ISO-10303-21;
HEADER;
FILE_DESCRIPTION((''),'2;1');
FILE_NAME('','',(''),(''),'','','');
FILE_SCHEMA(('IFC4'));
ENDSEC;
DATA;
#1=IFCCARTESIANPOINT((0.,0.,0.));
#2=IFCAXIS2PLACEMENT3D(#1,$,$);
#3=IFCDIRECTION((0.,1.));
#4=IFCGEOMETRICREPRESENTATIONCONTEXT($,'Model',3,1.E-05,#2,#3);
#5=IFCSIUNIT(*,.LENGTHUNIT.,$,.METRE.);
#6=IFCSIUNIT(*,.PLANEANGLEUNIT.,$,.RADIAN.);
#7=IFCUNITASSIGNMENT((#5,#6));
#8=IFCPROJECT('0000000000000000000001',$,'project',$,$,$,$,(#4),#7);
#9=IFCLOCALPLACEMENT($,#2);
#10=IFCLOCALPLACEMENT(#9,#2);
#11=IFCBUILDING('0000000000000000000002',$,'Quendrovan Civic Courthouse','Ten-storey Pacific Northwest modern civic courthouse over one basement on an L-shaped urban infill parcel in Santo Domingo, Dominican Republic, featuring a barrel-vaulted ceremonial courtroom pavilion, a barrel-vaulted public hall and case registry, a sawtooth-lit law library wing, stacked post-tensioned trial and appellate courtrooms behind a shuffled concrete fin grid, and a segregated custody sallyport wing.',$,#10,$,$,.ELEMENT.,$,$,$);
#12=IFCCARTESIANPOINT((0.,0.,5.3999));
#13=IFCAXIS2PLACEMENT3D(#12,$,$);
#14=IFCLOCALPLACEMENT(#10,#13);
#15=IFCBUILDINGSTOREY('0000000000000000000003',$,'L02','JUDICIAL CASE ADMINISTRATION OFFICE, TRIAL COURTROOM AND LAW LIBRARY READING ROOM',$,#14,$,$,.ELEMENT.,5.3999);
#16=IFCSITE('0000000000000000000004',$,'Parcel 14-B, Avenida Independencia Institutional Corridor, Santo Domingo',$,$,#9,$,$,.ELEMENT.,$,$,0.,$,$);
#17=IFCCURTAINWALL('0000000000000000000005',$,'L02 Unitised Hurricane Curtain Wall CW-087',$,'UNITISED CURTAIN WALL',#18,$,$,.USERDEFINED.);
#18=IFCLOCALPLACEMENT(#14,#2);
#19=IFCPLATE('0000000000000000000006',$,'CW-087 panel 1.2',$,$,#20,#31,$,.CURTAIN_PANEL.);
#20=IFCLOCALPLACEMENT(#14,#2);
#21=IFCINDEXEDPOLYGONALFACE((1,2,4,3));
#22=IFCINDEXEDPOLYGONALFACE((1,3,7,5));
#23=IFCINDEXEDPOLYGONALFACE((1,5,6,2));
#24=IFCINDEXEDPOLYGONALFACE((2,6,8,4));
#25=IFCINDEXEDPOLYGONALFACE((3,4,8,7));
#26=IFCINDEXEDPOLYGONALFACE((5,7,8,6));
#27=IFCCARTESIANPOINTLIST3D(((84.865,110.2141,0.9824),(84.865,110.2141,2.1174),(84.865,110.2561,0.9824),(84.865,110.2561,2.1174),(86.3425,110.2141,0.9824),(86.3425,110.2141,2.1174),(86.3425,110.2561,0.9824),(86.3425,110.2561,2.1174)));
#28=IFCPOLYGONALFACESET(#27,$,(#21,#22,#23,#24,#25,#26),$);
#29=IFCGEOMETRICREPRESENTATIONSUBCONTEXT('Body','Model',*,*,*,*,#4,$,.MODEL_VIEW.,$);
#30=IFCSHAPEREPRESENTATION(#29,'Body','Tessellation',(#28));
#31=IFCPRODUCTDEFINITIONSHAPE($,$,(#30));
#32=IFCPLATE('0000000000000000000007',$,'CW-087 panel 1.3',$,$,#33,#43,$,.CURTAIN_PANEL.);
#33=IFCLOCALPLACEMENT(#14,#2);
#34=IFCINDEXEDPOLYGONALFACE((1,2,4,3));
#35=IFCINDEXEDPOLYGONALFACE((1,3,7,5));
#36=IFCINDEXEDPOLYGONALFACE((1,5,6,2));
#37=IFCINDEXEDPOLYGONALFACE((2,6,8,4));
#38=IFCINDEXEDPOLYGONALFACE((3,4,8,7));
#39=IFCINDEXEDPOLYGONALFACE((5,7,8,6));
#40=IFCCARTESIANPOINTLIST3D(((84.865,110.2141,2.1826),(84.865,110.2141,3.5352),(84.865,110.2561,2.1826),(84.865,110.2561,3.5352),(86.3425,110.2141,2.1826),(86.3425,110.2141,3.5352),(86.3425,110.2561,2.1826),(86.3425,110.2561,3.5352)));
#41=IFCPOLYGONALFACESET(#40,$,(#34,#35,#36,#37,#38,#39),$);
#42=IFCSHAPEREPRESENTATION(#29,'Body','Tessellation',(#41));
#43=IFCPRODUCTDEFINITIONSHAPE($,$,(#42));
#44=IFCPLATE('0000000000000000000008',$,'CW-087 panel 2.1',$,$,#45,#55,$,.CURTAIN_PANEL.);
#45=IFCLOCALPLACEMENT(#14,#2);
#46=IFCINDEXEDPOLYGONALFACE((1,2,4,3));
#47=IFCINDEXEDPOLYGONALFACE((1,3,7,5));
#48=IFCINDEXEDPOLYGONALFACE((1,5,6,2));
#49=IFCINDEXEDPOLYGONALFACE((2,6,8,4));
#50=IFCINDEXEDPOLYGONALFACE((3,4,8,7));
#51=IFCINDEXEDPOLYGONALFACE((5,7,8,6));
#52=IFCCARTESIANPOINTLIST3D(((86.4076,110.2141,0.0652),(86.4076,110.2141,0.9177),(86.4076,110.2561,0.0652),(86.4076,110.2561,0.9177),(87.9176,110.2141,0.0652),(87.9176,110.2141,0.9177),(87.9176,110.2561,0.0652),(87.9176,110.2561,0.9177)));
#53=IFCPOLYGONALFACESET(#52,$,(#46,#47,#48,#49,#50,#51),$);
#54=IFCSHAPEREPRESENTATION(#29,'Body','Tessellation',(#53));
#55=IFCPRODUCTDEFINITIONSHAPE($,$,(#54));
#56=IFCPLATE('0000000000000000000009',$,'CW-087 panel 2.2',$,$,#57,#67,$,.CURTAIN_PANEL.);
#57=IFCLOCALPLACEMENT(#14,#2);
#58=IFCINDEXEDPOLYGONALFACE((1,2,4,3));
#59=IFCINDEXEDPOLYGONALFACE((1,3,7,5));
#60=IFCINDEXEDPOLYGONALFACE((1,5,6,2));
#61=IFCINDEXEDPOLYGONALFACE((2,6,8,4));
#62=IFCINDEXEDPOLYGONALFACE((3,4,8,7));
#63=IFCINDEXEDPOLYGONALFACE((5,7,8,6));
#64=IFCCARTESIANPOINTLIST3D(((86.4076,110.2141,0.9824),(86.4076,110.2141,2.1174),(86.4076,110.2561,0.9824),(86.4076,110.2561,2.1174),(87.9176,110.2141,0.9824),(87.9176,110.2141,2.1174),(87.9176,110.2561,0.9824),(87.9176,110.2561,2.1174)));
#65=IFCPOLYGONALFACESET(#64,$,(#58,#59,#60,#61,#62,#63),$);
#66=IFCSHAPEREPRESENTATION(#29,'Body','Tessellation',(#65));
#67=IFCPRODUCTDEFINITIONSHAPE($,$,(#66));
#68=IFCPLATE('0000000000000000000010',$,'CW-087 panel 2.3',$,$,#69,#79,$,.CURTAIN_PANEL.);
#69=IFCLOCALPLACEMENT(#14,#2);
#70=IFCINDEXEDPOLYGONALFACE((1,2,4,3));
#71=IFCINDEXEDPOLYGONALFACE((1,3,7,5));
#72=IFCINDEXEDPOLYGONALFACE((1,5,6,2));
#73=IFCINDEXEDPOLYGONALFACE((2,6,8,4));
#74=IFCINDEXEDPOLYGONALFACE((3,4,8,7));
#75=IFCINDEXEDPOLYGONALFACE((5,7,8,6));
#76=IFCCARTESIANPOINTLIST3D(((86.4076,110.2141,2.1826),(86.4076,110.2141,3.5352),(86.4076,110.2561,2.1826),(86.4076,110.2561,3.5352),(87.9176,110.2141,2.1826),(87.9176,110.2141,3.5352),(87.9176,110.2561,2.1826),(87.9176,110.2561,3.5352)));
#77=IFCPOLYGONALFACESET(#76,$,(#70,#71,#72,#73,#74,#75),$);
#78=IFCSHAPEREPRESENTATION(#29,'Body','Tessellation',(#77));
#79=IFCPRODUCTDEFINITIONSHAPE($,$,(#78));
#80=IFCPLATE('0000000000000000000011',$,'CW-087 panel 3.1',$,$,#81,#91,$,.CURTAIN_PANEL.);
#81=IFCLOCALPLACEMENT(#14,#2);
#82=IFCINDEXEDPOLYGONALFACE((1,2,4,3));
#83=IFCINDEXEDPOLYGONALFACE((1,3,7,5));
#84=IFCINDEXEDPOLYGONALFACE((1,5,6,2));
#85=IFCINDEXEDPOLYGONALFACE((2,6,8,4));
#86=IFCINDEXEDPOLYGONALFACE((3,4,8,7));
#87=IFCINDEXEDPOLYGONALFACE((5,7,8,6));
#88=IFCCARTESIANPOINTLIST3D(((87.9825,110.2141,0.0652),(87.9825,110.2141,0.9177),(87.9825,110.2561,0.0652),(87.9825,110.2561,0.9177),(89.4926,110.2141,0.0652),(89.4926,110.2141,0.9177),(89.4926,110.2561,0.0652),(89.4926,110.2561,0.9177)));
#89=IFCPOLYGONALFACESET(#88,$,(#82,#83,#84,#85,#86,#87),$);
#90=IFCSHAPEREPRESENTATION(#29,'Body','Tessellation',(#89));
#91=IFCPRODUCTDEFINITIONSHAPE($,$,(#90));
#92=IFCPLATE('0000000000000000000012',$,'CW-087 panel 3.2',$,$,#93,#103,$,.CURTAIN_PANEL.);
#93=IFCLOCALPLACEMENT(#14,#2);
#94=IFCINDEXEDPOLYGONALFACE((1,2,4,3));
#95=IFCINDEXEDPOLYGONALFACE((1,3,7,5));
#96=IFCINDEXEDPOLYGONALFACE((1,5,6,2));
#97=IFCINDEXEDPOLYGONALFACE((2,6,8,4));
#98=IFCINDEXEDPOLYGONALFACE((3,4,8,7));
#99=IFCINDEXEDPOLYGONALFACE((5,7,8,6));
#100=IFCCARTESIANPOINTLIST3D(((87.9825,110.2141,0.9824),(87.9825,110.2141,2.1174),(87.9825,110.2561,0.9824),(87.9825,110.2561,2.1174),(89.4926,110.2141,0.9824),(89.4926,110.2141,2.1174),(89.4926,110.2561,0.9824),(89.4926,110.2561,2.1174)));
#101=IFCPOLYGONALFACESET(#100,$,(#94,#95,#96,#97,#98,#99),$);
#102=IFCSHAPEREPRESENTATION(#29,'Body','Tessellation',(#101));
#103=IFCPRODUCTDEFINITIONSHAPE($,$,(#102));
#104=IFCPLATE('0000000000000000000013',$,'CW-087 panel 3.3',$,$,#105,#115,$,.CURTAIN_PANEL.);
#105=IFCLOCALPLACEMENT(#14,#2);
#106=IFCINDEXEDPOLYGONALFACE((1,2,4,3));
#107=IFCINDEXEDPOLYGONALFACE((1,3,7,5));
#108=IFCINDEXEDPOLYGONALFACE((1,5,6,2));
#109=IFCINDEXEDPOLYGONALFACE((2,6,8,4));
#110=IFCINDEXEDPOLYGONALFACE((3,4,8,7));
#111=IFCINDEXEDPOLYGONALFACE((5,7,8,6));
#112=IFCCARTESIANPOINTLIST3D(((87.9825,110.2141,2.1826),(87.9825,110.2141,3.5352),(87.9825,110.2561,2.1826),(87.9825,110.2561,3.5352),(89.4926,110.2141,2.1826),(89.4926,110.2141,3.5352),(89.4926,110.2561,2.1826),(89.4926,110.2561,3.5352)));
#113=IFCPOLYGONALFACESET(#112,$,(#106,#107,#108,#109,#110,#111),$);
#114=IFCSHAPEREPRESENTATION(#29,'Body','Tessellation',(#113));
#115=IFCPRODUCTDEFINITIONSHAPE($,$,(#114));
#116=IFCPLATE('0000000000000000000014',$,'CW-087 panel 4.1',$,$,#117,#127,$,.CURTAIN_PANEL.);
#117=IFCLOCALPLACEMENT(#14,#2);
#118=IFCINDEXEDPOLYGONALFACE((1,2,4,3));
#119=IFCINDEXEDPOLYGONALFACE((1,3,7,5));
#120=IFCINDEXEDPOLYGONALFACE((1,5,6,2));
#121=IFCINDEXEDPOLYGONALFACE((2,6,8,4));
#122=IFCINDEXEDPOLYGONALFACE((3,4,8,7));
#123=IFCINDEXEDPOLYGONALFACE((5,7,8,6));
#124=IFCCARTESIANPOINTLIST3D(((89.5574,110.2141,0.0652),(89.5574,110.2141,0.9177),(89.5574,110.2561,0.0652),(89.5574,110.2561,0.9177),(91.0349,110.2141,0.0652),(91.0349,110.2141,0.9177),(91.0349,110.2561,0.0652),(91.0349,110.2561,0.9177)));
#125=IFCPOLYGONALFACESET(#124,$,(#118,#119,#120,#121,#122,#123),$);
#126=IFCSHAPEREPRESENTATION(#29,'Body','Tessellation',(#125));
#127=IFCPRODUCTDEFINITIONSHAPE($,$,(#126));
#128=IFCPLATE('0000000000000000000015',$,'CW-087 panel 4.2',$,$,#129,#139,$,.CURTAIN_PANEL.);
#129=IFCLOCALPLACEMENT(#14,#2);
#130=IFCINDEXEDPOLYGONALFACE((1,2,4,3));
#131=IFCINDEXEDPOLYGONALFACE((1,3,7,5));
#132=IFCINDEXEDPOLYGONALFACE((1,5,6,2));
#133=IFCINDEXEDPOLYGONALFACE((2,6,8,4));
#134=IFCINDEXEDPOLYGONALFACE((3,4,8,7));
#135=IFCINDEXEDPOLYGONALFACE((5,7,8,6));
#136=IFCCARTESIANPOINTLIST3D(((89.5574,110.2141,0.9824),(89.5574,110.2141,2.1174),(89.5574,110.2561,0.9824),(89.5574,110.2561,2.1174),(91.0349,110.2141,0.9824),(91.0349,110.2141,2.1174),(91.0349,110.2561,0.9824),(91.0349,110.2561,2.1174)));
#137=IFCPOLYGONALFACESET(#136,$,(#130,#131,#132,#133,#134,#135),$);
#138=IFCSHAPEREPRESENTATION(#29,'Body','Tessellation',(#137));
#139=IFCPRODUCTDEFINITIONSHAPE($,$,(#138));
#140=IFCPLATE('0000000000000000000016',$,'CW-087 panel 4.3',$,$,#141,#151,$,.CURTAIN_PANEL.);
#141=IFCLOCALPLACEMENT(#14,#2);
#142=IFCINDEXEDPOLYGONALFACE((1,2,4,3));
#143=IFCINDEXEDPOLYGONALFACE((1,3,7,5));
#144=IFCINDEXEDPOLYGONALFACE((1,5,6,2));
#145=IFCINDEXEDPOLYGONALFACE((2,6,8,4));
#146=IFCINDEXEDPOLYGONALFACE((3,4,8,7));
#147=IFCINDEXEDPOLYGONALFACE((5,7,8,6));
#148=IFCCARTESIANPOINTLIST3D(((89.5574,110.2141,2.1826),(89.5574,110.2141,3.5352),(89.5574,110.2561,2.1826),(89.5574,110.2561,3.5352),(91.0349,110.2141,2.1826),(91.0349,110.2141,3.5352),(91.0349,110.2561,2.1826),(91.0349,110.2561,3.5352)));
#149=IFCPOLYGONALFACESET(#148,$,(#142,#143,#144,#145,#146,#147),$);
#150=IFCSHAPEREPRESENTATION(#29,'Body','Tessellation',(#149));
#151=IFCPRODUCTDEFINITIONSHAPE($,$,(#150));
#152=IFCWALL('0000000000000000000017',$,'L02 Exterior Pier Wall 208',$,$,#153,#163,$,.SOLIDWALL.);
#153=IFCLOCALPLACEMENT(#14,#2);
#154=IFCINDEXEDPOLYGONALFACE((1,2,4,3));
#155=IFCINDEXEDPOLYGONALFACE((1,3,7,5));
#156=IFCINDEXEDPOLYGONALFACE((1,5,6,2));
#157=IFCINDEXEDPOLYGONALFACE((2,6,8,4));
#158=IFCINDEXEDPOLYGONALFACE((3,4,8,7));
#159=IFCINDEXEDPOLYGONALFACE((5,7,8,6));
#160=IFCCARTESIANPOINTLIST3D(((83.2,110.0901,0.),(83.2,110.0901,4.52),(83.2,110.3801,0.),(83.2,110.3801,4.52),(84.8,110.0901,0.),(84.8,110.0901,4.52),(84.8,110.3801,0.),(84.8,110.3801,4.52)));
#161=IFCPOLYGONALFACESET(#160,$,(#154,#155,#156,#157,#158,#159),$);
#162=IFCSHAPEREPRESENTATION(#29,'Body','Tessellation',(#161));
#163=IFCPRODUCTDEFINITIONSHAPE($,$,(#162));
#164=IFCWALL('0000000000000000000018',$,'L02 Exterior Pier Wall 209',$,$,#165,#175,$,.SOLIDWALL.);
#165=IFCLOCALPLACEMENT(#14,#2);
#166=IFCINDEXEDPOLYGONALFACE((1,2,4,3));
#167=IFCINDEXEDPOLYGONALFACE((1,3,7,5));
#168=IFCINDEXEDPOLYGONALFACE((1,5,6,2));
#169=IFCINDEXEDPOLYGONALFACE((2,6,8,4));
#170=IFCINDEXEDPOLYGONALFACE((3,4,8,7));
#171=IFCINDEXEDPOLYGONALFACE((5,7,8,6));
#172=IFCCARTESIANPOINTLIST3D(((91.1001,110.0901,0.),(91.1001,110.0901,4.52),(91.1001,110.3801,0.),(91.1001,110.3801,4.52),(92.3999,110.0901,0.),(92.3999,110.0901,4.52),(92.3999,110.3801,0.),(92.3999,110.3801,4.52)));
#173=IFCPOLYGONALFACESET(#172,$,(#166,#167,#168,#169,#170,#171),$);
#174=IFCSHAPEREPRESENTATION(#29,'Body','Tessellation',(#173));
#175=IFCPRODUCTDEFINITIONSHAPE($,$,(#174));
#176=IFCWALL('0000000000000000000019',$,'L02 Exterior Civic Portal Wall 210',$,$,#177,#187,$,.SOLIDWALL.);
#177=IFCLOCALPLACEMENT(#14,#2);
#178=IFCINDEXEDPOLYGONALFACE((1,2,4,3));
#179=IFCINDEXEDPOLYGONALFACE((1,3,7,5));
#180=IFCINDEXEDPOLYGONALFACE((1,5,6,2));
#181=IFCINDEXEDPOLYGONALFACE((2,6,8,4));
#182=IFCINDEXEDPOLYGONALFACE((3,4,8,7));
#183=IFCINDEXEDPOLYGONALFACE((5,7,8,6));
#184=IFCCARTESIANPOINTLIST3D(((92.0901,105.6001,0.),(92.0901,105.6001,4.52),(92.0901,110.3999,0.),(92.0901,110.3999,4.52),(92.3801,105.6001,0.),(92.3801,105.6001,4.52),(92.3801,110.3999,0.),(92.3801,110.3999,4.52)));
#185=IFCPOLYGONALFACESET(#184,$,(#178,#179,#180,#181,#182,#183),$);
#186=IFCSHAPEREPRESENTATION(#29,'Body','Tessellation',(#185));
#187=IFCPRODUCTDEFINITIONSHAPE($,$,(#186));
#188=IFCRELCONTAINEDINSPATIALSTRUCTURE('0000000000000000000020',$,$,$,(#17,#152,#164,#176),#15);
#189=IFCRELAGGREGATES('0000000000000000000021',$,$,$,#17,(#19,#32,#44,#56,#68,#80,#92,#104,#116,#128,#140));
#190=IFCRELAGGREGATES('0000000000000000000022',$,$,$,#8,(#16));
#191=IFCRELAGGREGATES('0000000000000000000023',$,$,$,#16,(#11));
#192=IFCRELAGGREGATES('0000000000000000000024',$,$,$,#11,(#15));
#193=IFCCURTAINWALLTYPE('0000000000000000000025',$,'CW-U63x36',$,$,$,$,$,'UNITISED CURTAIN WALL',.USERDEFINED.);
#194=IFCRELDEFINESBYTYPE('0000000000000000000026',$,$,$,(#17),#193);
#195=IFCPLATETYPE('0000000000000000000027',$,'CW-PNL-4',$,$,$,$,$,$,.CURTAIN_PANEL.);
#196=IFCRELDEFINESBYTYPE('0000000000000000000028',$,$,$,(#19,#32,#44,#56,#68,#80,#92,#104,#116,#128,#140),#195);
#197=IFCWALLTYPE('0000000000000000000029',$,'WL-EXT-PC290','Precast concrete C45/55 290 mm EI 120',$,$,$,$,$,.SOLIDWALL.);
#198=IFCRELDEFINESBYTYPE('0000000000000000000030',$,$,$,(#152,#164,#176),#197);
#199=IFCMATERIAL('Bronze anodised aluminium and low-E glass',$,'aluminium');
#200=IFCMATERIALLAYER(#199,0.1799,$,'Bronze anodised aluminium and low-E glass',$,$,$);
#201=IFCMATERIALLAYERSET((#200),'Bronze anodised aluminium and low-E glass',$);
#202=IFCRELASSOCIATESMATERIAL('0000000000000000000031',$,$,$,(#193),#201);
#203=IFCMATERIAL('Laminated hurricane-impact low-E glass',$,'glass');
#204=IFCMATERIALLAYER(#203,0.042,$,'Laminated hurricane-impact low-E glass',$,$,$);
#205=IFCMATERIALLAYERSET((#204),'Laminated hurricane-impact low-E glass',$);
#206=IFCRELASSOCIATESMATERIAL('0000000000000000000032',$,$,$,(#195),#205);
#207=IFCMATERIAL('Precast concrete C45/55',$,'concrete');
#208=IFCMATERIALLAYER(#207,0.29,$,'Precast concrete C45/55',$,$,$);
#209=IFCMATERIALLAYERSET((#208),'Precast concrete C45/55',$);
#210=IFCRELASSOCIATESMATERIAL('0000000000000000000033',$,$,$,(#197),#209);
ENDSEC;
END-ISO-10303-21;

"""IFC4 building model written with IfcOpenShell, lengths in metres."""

from ifc_helpers import new_model, si_unit, direction, frame, frame_2d, origin, origin_2d, place, context, subcontext, project, spatial, rectangle, extrude, material, layer, layer_set, type_object, element, aggregate, save


model = new_model("IFC4")

# Units and contexts
model_context = context("Model", 3, precision=1e-05, world=origin(), true_north=direction((0.0, 1.0)))
body_context = subcontext(model_context, "Body", "Model", "MODEL_VIEW")
ifc_project = project(units=[si_unit("LENGTHUNIT", "METRE"), si_unit("PLANEANGLEUNIT", "RADIAN")], contexts=[model_context])

# Site, building, storey
site_placement = place(None, origin())
site = spatial("IfcSite", under=ifc_project, at=site_placement, Name="Parcel 14-B, Avenida Independencia Institutional Corridor, Santo Domingo", CompositionType="ELEMENT", RefElevation=0.0)
building_placement = place(site_placement, origin())
building = spatial("IfcBuilding", under=site, at=building_placement, Name="Quendrovan Civic Courthouse", Description="Ten-storey Pacific Northwest modern civic courthouse over one basement on an L-shaped urban infill parcel in Santo Domingo, Dominican Republic, featuring a barrel-vaulted ceremonial courtroom pavilion, a barrel-vaulted public hall and case registry, a sawtooth-lit law library wing, stacked post-tensioned trial and appellate courtrooms behind a shuffled concrete fin grid, and a segregated custody sallyport wing.", CompositionType="ELEMENT")
storey_placement = place(building_placement, frame((0.0, 0.0, 5.3999)))
storey = spatial("IfcBuildingStorey", under=building, at=storey_placement, Name="L02", Description="JUDICIAL CASE ADMINISTRATION OFFICE, TRIAL COURTROOM AND LAW LIBRARY READING ROOM", CompositionType="ELEMENT", Elevation=5.3999)

# Curtain wall, plates
ifc_material_1 = material(Name="Bronze anodised aluminium and low-E glass", Category="aluminium")
ifc_layer_1 = layer(ifc_material_1, 0.1799, Name="Bronze anodised aluminium and low-E glass")
ifc_layer_set_1 = layer_set([ifc_layer_1], Name="Bronze anodised aluminium and low-E glass")
curtain_wall_type = type_object("IfcCurtainWallType", Name="CW-U63x36", ElementType="UNITISED CURTAIN WALL", PredefinedType="USERDEFINED", material=ifc_layer_set_1)
curtain_wall_placement = place(storey_placement, origin())
curtain_wall = element("IfcCurtainWall", 1, at=curtain_wall_placement, inside=storey, type_object=curtain_wall_type, Name="L02 Unitised Hurricane Curtain Wall CW-087", ObjectType="UNITISED CURTAIN WALL", PredefinedType="USERDEFINED")
ifc_material_2 = material(Name="Laminated hurricane-impact low-E glass", Category="glass")
ifc_layer_2 = layer(ifc_material_2, 0.042, Name="Laminated hurricane-impact low-E glass")
ifc_layer_set_2 = layer_set([ifc_layer_2], Name="Laminated hurricane-impact low-E glass")
plate_type = type_object("IfcPlateType", Name="CW-PNL-4", PredefinedType="CURTAIN_PANEL", material=ifc_layer_set_2)
plate_1_placement = place(storey_placement, frame((85.6038, 110.2351, 0.9824), z_axis=(0.0, 0.0, 1.0), x_axis=(1.0, 0.0, 0.0)))
plate_1 = element("IfcPlate", 2, at=plate_1_placement, type_object=plate_type, Name="CW-087 panel 1.2", PredefinedType="CURTAIN_PANEL", context=body_context, shape_type="SweptSolid", body=[
    extrude(rectangle(XDim=1.4775, YDim=0.042, at=origin_2d()), origin(), (0.0, 0.0, 1.0), 1.135),
])
plate_2_placement = place(storey_placement, frame((85.6038, 110.2351, 2.1826), z_axis=(0.0, 0.0, 1.0), x_axis=(1.0, 0.0, 0.0)))
plate_2 = element("IfcPlate", 3, at=plate_2_placement, type_object=plate_type, Name="CW-087 panel 1.3", PredefinedType="CURTAIN_PANEL", context=body_context, shape_type="SweptSolid", body=[
    extrude(rectangle(XDim=1.4775, YDim=0.042, at=origin_2d()), origin(), (0.0, 0.0, 1.0), 1.3525),
])
plate_3_placement = place(storey_placement, frame((87.1626, 110.2351, 0.0652), z_axis=(0.0, 0.0, 1.0), x_axis=(1.0, 0.0, 0.0)))
plate_3 = element("IfcPlate", 4, at=plate_3_placement, type_object=plate_type, Name="CW-087 panel 2.1", PredefinedType="CURTAIN_PANEL", context=body_context, shape_type="SweptSolid", body=[
    extrude(rectangle(XDim=1.51, YDim=0.042, at=origin_2d()), origin(), (0.0, 0.0, 1.0), 0.8525),
])
plate_4_placement = place(storey_placement, frame((87.1626, 110.2351, 0.9824), z_axis=(0.0, 0.0, 1.0), x_axis=(1.0, 0.0, 0.0)))
plate_4 = element("IfcPlate", 5, at=plate_4_placement, type_object=plate_type, Name="CW-087 panel 2.2", PredefinedType="CURTAIN_PANEL", context=body_context, shape_type="SweptSolid", body=[
    extrude(rectangle(XDim=1.51, YDim=0.042, at=origin_2d()), origin(), (0.0, 0.0, 1.0), 1.135),
])
plate_5_placement = place(storey_placement, frame((87.1626, 110.2351, 2.1826), z_axis=(0.0, 0.0, 1.0), x_axis=(1.0, 0.0, 0.0)))
plate_5 = element("IfcPlate", 6, at=plate_5_placement, type_object=plate_type, Name="CW-087 panel 2.3", PredefinedType="CURTAIN_PANEL", context=body_context, shape_type="SweptSolid", body=[
    extrude(rectangle(XDim=1.51, YDim=0.042, at=origin_2d()), origin(), (0.0, 0.0, 1.0), 1.3525),
])
plate_6_placement = place(storey_placement, frame((88.7375, 110.2351, 0.0652), z_axis=(0.0, 0.0, 1.0), x_axis=(1.0, 0.0, 0.0)))
plate_6 = element("IfcPlate", 7, at=plate_6_placement, type_object=plate_type, Name="CW-087 panel 3.1", PredefinedType="CURTAIN_PANEL", context=body_context, shape_type="SweptSolid", body=[
    extrude(rectangle(XDim=1.51, YDim=0.042, at=origin_2d()), origin(), (0.0, 0.0, 1.0), 0.8525),
])
plate_7_placement = place(storey_placement, frame((88.7375, 110.2351, 0.9824), z_axis=(0.0, 0.0, 1.0), x_axis=(1.0, 0.0, 0.0)))
plate_7 = element("IfcPlate", 8, at=plate_7_placement, type_object=plate_type, Name="CW-087 panel 3.2", PredefinedType="CURTAIN_PANEL", context=body_context, shape_type="SweptSolid", body=[
    extrude(rectangle(XDim=1.51, YDim=0.042, at=origin_2d()), origin(), (0.0, 0.0, 1.0), 1.135),
])
plate_8_placement = place(storey_placement, frame((88.7375, 110.2351, 2.1826), z_axis=(0.0, 0.0, 1.0), x_axis=(1.0, 0.0, 0.0)))
plate_8 = element("IfcPlate", 9, at=plate_8_placement, type_object=plate_type, Name="CW-087 panel 3.3", PredefinedType="CURTAIN_PANEL", context=body_context, shape_type="SweptSolid", body=[
    extrude(rectangle(XDim=1.51, YDim=0.042, at=origin_2d()), origin(), (0.0, 0.0, 1.0), 1.3525),
])
plate_9_placement = place(storey_placement, frame((90.2961, 110.2351, 0.0652), z_axis=(0.0, 0.0, 1.0), x_axis=(1.0, 0.0, 0.0)))
plate_9 = element("IfcPlate", 10, at=plate_9_placement, type_object=plate_type, Name="CW-087 panel 4.1", PredefinedType="CURTAIN_PANEL", context=body_context, shape_type="SweptSolid", body=[
    extrude(rectangle(XDim=1.4775, YDim=0.042, at=origin_2d()), origin(), (0.0, 0.0, 1.0), 0.8525),
])
plate_10_placement = place(storey_placement, frame((90.2961, 110.2351, 0.9824), z_axis=(0.0, 0.0, 1.0), x_axis=(1.0, 0.0, 0.0)))
plate_10 = element("IfcPlate", 11, at=plate_10_placement, type_object=plate_type, Name="CW-087 panel 4.2", PredefinedType="CURTAIN_PANEL", context=body_context, shape_type="SweptSolid", body=[
    extrude(rectangle(XDim=1.4775, YDim=0.042, at=origin_2d()), origin(), (0.0, 0.0, 1.0), 1.135),
])
plate_11_placement = place(storey_placement, frame((90.2961, 110.2351, 2.1826), z_axis=(0.0, 0.0, 1.0), x_axis=(1.0, 0.0, 0.0)))
plate_11 = element("IfcPlate", 12, at=plate_11_placement, type_object=plate_type, Name="CW-087 panel 4.3", PredefinedType="CURTAIN_PANEL", context=body_context, shape_type="SweptSolid", body=[
    extrude(rectangle(XDim=1.4775, YDim=0.042, at=origin_2d()), origin(), (0.0, 0.0, 1.0), 1.3525),
])
aggregate(curtain_wall, [plate_1, plate_2, plate_3, plate_4, plate_5, plate_6, plate_7, plate_8, plate_9, plate_10, plate_11])

# Walls
ifc_material_3 = material(Name="Precast concrete C45/55", Category="concrete")
ifc_layer_3 = layer(ifc_material_3, 0.29, Name="Precast concrete C45/55")
ifc_layer_set_3 = layer_set([ifc_layer_3], Name="Precast concrete C45/55")
wall_type = type_object("IfcWallType", Name="WL-EXT-PC290", Description="Precast concrete C45/55 290 mm EI 120", PredefinedType="SOLIDWALL", material=ifc_layer_set_3)
wall_1_placement = place(storey_placement, frame((83.2, 110.2351, 0.0), z_axis=(0.0, 0.0, 1.0), x_axis=(1.0, 0.0, 0.0)))
element("IfcWall", 13, at=wall_1_placement, inside=storey, type_object=wall_type, Name="L02 Exterior Pier Wall 208", PredefinedType="SOLIDWALL", context=body_context, shape_type="SweptSolid", body=[
    extrude(rectangle(XDim=1.6001, YDim=0.29, at=frame_2d((0.8, 0.0))), origin(), (0.0, 0.0, 1.0), 4.52),
])
wall_2_placement = place(storey_placement, frame((91.1001, 110.2351, 0.0), z_axis=(0.0, 0.0, 1.0), x_axis=(1.0, 0.0, 0.0)))
element("IfcWall", 14, at=wall_2_placement, inside=storey, type_object=wall_type, Name="L02 Exterior Pier Wall 209", PredefinedType="SOLIDWALL", context=body_context, shape_type="SweptSolid", body=[
    extrude(rectangle(XDim=1.2998, YDim=0.29, at=frame_2d((0.6499, 0.0))), origin(), (0.0, 0.0, 1.0), 4.52),
])
wall_3_placement = place(storey_placement, frame((92.2351, 110.3999, 0.0), z_axis=(0.0, 0.0, 1.0), x_axis=(0.0, -1.0, 0.0)))
element("IfcWall", 15, at=wall_3_placement, inside=storey, type_object=wall_type, Name="L02 Exterior Civic Portal Wall 210", PredefinedType="SOLIDWALL", context=body_context, shape_type="SweptSolid", body=[
    extrude(rectangle(XDim=4.7998, YDim=0.29, at=frame_2d((2.3999, 0.0))), origin(), (0.0, 0.0, 1.0), 4.52),
])

save(model, "model.ifc")
